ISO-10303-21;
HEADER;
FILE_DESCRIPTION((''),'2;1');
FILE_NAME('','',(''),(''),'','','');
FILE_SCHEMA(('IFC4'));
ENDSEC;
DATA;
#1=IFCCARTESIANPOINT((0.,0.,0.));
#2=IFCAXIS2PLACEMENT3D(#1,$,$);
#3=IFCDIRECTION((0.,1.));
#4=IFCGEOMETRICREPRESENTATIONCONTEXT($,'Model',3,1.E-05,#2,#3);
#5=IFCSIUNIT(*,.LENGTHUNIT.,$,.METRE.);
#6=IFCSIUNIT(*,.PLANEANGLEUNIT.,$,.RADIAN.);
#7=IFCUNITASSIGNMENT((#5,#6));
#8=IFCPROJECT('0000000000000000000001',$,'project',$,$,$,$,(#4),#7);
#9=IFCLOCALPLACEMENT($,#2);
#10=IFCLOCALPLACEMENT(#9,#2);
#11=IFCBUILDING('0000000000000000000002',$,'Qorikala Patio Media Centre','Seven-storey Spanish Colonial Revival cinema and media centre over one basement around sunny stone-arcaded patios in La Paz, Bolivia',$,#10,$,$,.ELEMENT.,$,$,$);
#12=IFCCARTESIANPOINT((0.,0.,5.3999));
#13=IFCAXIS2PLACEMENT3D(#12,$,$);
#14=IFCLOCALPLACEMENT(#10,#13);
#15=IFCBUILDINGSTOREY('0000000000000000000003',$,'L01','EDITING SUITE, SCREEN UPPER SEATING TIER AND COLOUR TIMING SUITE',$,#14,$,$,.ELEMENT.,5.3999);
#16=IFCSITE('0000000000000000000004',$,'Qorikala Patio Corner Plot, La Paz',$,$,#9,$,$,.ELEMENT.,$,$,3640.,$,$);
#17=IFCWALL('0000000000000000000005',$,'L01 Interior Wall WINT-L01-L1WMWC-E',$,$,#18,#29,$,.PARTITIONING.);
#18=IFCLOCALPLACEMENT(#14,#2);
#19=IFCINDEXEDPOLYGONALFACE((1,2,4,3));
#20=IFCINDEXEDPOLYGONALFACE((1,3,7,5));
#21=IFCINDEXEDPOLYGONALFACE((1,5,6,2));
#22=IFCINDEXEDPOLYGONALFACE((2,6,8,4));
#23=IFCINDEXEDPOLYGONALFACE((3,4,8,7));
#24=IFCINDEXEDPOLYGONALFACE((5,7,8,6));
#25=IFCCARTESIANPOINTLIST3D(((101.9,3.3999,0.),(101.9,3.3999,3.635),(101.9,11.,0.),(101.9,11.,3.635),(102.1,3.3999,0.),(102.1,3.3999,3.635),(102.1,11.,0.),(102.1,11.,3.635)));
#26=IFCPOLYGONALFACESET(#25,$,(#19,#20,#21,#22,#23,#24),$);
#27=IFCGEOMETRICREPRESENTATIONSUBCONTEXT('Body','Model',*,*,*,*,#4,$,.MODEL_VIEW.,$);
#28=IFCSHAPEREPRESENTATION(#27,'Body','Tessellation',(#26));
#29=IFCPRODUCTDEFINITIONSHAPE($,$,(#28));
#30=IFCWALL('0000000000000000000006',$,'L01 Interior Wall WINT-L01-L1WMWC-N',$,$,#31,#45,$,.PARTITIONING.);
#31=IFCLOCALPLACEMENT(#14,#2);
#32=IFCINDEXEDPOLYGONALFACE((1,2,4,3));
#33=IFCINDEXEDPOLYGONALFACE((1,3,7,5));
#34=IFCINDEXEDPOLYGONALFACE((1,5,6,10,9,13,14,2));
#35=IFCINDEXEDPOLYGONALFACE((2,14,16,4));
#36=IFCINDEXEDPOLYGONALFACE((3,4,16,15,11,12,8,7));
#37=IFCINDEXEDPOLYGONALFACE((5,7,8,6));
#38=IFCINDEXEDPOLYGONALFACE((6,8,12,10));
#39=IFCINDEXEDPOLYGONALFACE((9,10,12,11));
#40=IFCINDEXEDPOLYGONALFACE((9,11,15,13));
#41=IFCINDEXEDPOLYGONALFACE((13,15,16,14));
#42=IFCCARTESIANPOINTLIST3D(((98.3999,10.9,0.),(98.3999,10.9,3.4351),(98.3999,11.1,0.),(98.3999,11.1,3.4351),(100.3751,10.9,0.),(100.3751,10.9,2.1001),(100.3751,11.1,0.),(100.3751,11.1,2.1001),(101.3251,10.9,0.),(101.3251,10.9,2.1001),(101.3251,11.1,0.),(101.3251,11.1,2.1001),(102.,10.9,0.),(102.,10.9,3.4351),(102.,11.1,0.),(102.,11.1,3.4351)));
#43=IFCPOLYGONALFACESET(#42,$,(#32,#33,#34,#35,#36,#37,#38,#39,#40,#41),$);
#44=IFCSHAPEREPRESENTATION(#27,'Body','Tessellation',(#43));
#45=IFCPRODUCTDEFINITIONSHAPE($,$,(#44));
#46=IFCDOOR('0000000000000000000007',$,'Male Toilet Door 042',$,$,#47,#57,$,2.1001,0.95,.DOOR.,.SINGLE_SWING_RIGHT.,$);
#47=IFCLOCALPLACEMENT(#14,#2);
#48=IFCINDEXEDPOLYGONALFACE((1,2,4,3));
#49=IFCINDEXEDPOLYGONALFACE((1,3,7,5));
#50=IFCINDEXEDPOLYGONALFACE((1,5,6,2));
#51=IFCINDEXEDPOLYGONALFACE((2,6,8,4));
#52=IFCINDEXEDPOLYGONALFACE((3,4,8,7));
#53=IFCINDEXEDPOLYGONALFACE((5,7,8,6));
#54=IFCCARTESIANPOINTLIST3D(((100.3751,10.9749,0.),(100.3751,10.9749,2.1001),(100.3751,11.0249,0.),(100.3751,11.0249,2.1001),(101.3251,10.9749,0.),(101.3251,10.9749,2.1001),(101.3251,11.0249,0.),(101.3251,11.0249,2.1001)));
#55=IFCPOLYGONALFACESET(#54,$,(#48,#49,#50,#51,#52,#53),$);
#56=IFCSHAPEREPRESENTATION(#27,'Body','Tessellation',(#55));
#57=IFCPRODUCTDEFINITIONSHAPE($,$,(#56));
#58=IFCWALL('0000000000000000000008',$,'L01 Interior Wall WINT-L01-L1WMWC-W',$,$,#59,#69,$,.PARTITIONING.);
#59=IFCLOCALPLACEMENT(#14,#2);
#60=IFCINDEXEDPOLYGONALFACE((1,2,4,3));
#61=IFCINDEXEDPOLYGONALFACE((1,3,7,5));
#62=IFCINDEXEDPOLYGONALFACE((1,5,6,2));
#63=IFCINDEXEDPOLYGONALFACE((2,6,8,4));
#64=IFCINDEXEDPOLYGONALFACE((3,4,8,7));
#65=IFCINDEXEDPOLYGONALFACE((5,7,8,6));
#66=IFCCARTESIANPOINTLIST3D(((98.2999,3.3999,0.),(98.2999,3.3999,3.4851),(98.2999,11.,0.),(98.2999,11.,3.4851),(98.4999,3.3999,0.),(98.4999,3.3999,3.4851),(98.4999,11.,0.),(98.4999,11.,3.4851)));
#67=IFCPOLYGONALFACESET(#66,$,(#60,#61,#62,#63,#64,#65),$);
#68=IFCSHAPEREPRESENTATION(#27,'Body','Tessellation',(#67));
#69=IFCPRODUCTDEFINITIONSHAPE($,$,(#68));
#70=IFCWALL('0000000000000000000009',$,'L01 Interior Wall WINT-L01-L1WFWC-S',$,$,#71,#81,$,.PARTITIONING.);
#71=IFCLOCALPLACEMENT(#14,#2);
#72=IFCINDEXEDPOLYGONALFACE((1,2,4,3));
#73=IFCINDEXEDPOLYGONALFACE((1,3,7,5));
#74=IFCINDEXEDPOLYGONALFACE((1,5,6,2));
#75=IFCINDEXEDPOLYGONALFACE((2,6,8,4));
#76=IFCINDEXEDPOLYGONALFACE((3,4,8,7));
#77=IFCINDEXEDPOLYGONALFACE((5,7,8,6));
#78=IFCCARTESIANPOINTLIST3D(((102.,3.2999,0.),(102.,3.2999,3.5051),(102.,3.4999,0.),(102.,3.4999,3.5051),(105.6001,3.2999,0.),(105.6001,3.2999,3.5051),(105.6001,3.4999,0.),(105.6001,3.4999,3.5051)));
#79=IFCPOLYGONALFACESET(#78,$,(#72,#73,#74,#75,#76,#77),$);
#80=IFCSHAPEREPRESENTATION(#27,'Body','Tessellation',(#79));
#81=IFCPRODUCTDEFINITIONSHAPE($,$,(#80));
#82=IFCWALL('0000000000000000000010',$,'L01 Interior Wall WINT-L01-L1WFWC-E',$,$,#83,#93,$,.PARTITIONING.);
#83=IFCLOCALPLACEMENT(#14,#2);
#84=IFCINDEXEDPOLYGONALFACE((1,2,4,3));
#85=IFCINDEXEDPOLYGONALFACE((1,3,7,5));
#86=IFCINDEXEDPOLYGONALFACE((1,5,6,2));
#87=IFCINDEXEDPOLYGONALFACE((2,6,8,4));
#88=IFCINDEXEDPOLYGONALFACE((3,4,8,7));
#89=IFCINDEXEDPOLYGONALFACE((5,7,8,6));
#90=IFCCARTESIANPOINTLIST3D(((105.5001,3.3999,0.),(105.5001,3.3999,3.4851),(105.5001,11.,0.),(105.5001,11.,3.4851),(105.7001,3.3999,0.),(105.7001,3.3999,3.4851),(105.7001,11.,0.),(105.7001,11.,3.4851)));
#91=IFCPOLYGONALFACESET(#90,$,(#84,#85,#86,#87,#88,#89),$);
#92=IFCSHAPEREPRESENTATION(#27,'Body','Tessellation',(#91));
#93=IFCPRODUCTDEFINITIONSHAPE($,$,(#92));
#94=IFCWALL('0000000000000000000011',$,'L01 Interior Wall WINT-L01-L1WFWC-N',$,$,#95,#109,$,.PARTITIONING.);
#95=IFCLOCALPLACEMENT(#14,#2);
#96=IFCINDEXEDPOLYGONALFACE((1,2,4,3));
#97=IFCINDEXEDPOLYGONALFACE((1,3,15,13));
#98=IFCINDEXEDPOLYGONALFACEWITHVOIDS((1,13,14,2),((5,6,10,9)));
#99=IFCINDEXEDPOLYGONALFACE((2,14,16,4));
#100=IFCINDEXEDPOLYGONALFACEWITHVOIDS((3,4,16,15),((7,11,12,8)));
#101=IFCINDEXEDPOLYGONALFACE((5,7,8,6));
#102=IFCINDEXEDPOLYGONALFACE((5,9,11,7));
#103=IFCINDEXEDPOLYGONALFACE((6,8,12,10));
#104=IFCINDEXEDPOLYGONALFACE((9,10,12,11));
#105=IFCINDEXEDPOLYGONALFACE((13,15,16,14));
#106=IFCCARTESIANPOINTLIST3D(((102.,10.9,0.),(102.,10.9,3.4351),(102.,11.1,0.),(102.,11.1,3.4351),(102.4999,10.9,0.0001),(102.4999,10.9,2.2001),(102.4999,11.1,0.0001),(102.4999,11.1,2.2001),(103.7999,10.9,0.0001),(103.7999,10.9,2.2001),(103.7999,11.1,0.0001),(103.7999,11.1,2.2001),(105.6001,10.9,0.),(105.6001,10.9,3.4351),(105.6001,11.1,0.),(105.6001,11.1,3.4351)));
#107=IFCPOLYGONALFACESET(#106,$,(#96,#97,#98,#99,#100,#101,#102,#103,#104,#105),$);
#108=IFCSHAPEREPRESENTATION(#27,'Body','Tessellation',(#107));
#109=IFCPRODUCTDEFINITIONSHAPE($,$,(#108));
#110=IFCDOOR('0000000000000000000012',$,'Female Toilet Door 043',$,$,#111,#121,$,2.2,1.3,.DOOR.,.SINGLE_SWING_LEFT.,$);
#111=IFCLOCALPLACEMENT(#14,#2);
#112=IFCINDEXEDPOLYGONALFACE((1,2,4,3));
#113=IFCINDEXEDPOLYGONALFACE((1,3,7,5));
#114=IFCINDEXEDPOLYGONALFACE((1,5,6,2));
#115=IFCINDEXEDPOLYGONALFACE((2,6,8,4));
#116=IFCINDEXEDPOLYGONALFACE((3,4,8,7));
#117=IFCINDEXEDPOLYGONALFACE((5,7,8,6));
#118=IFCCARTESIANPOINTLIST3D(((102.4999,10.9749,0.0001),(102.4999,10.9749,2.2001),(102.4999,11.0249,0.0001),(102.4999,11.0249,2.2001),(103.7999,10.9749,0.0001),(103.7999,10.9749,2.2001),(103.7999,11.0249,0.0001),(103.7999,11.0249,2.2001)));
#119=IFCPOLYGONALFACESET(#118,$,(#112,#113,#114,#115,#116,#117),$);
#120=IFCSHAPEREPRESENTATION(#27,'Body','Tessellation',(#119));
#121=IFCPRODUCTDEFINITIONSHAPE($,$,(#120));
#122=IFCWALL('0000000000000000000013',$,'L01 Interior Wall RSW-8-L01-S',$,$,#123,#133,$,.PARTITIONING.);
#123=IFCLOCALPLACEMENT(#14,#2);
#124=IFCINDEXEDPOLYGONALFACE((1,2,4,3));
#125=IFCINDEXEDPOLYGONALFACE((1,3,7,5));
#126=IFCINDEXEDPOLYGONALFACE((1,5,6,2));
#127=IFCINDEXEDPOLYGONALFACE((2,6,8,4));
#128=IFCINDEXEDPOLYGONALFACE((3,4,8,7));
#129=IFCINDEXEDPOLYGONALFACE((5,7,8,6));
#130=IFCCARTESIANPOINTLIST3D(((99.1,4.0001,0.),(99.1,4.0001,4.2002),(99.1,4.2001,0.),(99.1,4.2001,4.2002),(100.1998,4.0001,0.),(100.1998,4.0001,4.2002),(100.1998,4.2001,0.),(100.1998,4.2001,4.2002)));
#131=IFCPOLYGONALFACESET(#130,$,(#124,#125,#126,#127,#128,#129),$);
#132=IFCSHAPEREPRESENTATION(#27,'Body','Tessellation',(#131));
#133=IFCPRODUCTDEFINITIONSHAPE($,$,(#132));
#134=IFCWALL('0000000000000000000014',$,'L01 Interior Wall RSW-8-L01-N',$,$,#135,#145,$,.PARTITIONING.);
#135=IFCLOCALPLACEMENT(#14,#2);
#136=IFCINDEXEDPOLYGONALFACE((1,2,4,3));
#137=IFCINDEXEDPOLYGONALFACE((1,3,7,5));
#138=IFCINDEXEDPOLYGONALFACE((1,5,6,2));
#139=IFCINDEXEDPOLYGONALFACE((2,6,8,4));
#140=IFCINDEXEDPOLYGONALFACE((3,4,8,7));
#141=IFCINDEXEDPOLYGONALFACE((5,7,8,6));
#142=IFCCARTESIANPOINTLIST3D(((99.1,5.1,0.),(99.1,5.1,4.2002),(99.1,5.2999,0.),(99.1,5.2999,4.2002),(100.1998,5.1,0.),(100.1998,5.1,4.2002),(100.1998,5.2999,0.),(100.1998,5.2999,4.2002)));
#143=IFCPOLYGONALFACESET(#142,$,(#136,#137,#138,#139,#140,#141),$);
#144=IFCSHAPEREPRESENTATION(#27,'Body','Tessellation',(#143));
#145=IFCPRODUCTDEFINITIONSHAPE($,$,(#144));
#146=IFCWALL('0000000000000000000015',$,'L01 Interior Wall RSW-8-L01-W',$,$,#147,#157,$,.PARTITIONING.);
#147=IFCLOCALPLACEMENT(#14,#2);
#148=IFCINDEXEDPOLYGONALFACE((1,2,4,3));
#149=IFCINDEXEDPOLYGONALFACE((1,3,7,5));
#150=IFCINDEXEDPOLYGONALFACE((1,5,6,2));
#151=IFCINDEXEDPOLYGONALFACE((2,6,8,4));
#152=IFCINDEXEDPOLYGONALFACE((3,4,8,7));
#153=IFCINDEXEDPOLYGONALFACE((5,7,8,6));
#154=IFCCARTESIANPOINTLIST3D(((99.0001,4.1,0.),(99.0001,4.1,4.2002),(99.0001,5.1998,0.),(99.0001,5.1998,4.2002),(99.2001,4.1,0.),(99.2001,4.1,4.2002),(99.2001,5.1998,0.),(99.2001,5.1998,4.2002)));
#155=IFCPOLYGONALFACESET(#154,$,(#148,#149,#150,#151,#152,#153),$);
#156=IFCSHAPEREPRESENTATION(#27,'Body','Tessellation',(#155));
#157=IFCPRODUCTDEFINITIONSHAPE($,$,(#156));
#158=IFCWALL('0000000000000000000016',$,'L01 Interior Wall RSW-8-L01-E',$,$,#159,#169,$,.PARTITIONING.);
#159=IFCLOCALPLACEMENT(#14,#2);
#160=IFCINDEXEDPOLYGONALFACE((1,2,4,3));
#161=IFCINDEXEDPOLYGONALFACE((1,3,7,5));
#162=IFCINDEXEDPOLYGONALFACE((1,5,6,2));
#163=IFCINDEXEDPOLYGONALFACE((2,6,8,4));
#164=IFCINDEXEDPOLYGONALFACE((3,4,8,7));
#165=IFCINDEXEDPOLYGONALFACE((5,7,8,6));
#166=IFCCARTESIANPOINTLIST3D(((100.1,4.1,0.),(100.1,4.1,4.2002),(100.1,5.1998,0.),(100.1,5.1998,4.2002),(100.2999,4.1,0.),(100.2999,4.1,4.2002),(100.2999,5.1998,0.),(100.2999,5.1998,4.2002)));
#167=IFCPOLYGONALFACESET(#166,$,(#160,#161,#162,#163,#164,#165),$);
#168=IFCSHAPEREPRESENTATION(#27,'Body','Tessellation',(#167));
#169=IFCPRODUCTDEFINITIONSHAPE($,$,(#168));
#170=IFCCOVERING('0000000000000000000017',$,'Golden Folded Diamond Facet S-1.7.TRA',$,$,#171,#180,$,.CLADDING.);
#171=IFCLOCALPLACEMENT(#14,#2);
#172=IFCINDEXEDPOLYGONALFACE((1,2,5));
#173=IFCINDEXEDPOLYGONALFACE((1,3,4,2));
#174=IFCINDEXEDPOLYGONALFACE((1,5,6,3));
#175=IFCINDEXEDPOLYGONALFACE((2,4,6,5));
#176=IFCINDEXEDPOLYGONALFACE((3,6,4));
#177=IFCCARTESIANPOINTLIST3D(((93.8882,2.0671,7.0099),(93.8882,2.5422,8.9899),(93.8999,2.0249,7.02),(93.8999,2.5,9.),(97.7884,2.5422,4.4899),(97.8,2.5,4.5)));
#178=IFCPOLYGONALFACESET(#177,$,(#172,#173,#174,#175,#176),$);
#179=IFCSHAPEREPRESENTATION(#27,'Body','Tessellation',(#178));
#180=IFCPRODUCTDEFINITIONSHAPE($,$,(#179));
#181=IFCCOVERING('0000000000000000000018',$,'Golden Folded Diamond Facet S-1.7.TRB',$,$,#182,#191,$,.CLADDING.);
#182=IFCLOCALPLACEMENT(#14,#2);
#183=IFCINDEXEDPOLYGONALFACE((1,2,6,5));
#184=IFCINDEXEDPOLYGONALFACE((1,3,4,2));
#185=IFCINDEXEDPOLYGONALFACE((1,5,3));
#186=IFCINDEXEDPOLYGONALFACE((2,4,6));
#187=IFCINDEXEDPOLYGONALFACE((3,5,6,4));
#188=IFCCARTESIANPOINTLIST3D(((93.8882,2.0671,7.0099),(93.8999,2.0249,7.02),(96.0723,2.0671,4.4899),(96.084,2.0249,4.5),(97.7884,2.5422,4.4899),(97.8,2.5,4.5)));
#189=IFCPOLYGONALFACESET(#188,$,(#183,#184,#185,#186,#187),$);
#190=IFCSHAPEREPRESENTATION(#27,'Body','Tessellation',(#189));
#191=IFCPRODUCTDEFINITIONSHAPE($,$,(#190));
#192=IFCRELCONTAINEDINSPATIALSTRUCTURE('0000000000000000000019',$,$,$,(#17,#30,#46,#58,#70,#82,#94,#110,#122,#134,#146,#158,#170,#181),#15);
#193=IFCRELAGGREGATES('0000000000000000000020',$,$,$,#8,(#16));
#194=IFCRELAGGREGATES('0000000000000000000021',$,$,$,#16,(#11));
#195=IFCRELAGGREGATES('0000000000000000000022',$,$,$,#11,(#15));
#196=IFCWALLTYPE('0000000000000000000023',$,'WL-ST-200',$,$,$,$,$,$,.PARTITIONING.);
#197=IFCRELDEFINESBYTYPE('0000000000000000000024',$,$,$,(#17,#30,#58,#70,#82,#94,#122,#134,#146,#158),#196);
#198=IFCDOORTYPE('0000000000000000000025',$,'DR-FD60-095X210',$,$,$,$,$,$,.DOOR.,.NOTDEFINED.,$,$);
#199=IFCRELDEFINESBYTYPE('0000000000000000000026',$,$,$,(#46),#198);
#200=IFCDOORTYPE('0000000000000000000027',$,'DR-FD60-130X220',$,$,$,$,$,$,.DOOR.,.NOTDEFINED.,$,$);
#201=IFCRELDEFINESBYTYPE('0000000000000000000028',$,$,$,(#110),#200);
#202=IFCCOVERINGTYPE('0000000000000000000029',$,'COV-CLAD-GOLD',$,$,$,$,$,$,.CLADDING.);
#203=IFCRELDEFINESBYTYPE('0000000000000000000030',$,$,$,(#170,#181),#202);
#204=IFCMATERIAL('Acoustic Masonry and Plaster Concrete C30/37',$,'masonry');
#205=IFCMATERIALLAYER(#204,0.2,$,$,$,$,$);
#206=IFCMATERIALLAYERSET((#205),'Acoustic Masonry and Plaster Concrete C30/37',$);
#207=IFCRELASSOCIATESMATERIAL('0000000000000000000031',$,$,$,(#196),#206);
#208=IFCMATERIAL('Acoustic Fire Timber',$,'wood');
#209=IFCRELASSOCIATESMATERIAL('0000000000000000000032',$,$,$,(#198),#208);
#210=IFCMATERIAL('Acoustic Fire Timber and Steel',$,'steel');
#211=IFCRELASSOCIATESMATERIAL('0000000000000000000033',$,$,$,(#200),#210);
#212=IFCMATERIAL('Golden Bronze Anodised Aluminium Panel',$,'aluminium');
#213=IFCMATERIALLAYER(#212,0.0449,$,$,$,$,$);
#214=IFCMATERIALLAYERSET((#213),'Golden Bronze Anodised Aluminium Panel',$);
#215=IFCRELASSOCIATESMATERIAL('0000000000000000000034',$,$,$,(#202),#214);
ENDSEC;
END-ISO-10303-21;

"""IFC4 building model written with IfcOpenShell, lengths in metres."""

from ifc_helpers import new_model, si_unit, direction, frame, frame_2d, origin, place, context, subcontext, project, spatial, polyline, rectangle, outline, extrude, material, layer, layer_set, type_object, element, fill, save


model = new_model("IFC4")

# Units and contexts
model_context = context("Model", 3, precision=1e-05, world=origin(), true_north=direction((0.0, 1.0)))
body_context = subcontext(model_context, "Body", "Model", "MODEL_VIEW")
ifc_project = project(units=[si_unit("LENGTHUNIT", "METRE"), si_unit("PLANEANGLEUNIT", "RADIAN")], contexts=[model_context])

# Site, building, storey
site_placement = place(None, origin())
site = spatial("IfcSite", under=ifc_project, at=site_placement, Name="Qorikala Patio Corner Plot, La Paz", CompositionType="ELEMENT", RefElevation=3640.0)
building_placement = place(site_placement, origin())
building = spatial("IfcBuilding", under=site, at=building_placement, Name="Qorikala Patio Media Centre", Description="Seven-storey Spanish Colonial Revival cinema and media centre over one basement around sunny stone-arcaded patios in La Paz, Bolivia", CompositionType="ELEMENT")
storey_placement = place(building_placement, frame((0.0, 0.0, 5.3999)))
storey = spatial("IfcBuildingStorey", under=building, at=storey_placement, Name="L01", Description="EDITING SUITE, SCREEN UPPER SEATING TIER AND COLOUR TIMING SUITE", CompositionType="ELEMENT", Elevation=5.3999)

# Wall
ifc_material_1 = material(Name="Acoustic Masonry and Plaster Concrete C30/37", Category="masonry")
ifc_layer_1 = layer(ifc_material_1, 0.2)
ifc_layer_set_1 = layer_set([ifc_layer_1], Name="Acoustic Masonry and Plaster Concrete C30/37")
wall_type_1 = type_object("IfcWallType", Name="WL-ST-200", PredefinedType="PARTITIONING", material=ifc_layer_set_1)
wall_1_placement = place(storey_placement, frame((102.0, 3.3999, 0.0), z_axis=(0.0, 0.0, 1.0), x_axis=(0.0, 1.0, 0.0)))
element("IfcWall", 1, at=wall_1_placement, inside=storey, type_object=wall_type_1, Name="L01 Interior Wall WINT-L01-L1WMWC-E", PredefinedType="PARTITIONING", context=body_context, shape_type="SweptSolid", body=[
    extrude(rectangle(XDim=7.6001, YDim=0.2, at=frame_2d((3.8, 0.0))), origin(), (0.0, 0.0, 1.0), 3.635),
])

# Wall, opening, door
wall_2_placement = place(storey_placement, frame((98.3999, 11.0, 0.0), z_axis=(0.0, 0.0, 1.0), x_axis=(1.0, 0.0, 0.0)))
wall_2 = element("IfcWall", 2, at=wall_2_placement, inside=storey, type_object=wall_type_1, Name="L01 Interior Wall WINT-L01-L1WMWC-N", PredefinedType="PARTITIONING", context=body_context, shape_type="SweptSolid", body=[
    extrude(rectangle(XDim=3.6001, YDim=0.2, at=frame_2d((1.8, 0.0))), origin(), (0.0, 0.0, 1.0), 3.4351),
])
opening_1_placement = place(wall_2_placement, frame((1.9751, 0.0, 0.0)))
opening_1 = element("IfcOpeningElement", 3, at=opening_1_placement, cuts=wall_2, PredefinedType="OPENING", context=body_context, shape_type="SweptSolid", body=[
    extrude(rectangle(XDim=0.95, YDim=2.1001, at=frame_2d((0.4751, 1.05))), frame((0.0, 0.1099, 0.0), z_axis=(0.0, -1.0, 0.0), x_axis=(1.0, 0.0, 0.0)), (0.0, 0.0, 1.0), 0.22),
])
ifc_material_2 = material(Name="Acoustic Fire Timber", Category="wood")
door_type_1 = type_object("IfcDoorType", Name="DR-FD60-095X210", OperationType="NOTDEFINED", PredefinedType="DOOR", material=ifc_material_2)
door_1_placement = place(opening_1_placement, origin())
door_1 = element("IfcDoor", 4, at=door_1_placement, inside=storey, type_object=door_type_1, Name="Male Toilet Door 042", OperationType="SINGLE_SWING_RIGHT", OverallHeight=2.1001, OverallWidth=0.95, PredefinedType="DOOR", context=body_context, shape_type="SweptSolid", body=[
    extrude(rectangle(XDim=0.95, YDim=2.1001, at=frame_2d((0.4751, 1.05))), frame((0.0, 0.0249, 0.0), z_axis=(0.0, -1.0, 0.0), x_axis=(1.0, 0.0, 0.0)), (0.0, 0.0, 1.0), 0.05),
])
fill(opening_1, door_1)

# Walls
wall_3_placement = place(storey_placement, frame((98.3999, 3.3999, 0.0), z_axis=(0.0, 0.0, 1.0), x_axis=(0.0, 1.0, 0.0)))
element("IfcWall", 5, at=wall_3_placement, inside=storey, type_object=wall_type_1, Name="L01 Interior Wall WINT-L01-L1WMWC-W", PredefinedType="PARTITIONING", context=body_context, shape_type="SweptSolid", body=[
    extrude(rectangle(XDim=7.6001, YDim=0.2, at=frame_2d((3.8, 0.0))), origin(), (0.0, 0.0, 1.0), 3.4851),
])
wall_4_placement = place(storey_placement, frame((102.0, 3.3999, 0.0), z_axis=(0.0, 0.0, 1.0), x_axis=(1.0, 0.0, 0.0)))
element("IfcWall", 6, at=wall_4_placement, inside=storey, type_object=wall_type_1, Name="L01 Interior Wall WINT-L01-L1WFWC-S", PredefinedType="PARTITIONING", context=body_context, shape_type="SweptSolid", body=[
    extrude(rectangle(XDim=3.6001, YDim=0.2, at=frame_2d((1.8, 0.0))), origin(), (0.0, 0.0, 1.0), 3.5051),
])
wall_5_placement = place(storey_placement, frame((105.6001, 3.3999, 0.0), z_axis=(0.0, 0.0, 1.0), x_axis=(0.0, 1.0, 0.0)))
element("IfcWall", 7, at=wall_5_placement, inside=storey, type_object=wall_type_1, Name="L01 Interior Wall WINT-L01-L1WFWC-E", PredefinedType="PARTITIONING", context=body_context, shape_type="SweptSolid", body=[
    extrude(rectangle(XDim=7.6001, YDim=0.2, at=frame_2d((3.8, 0.0))), origin(), (0.0, 0.0, 1.0), 3.4851),
])

# Wall, opening, door
wall_6_placement = place(storey_placement, frame((102.0, 11.0, 0.0), z_axis=(0.0, 0.0, 1.0), x_axis=(1.0, 0.0, 0.0)))
wall_6 = element("IfcWall", 8, at=wall_6_placement, inside=storey, type_object=wall_type_1, Name="L01 Interior Wall WINT-L01-L1WFWC-N", PredefinedType="PARTITIONING", context=body_context, shape_type="SweptSolid", body=[
    extrude(rectangle(XDim=3.6001, YDim=0.2, at=frame_2d((1.8, 0.0))), origin(), (0.0, 0.0, 1.0), 3.4351),
])
opening_2_placement = place(wall_6_placement, frame((0.5, 0.0, 0.0)))
opening_2 = element("IfcOpeningElement", 9, at=opening_2_placement, cuts=wall_6, PredefinedType="OPENING", context=body_context, shape_type="SweptSolid", body=[
    extrude(rectangle(XDim=1.3, YDim=2.2, at=frame_2d((0.6499, 1.1001))), frame((0.0, 0.1099, 0.0), z_axis=(0.0, -1.0, 0.0), x_axis=(1.0, 0.0, 0.0)), (0.0, 0.0, 1.0), 0.22),
])
ifc_material_3 = material(Name="Acoustic Fire Timber and Steel", Category="steel")
door_type_2 = type_object("IfcDoorType", Name="DR-FD60-130X220", OperationType="NOTDEFINED", PredefinedType="DOOR", material=ifc_material_3)
door_2_placement = place(opening_2_placement, origin())
door_2 = element("IfcDoor", 10, at=door_2_placement, inside=storey, type_object=door_type_2, Name="Female Toilet Door 043", OperationType="SINGLE_SWING_LEFT", OverallHeight=2.2, OverallWidth=1.3, PredefinedType="DOOR", context=body_context, shape_type="SweptSolid", body=[
    extrude(rectangle(XDim=1.3, YDim=2.2, at=frame_2d((0.6499, 1.1001))), frame((0.0, 0.0249, 0.0), z_axis=(0.0, -1.0, 0.0), x_axis=(1.0, 0.0, 0.0)), (0.0, 0.0, 1.0), 0.05),
])
fill(opening_2, door_2)

# Walls
for number, where, z_axis, x_axis, name in (
    (11, (99.1001, 4.1001, 0.0), (0.0, 0.0, 1.0), (1.0, 0.0, 0.0), "L01 Interior Wall RSW-8-L01-S"),
    (12, (99.1001, 5.2, 0.0), (0.0, 0.0, 1.0), (1.0, 0.0, 0.0), "L01 Interior Wall RSW-8-L01-N"),
    (13, (99.1001, 4.1001, 0.0), (0.0, 0.0, 1.0), (0.0, 1.0, 0.0), "L01 Interior Wall RSW-8-L01-W"),
    (14, (100.2, 4.1001, 0.0), (0.0, 0.0, 1.0), (0.0, 1.0, 0.0), "L01 Interior Wall RSW-8-L01-E"),
):
    element("IfcWall", number, at=place(storey_placement, frame(where, z_axis=z_axis, x_axis=x_axis)), inside=storey, type_object=wall_type_1, Name=name, PredefinedType="PARTITIONING", context=body_context, shape_type="SweptSolid", body=[
        extrude(rectangle(XDim=1.0999, YDim=0.2, at=frame_2d((0.5498, 0.0))), origin(), (0.0, 0.0, 1.0), 4.2002),
    ])

# Coverings
ifc_material_4 = material(Name="Golden Bronze Anodised Aluminium Panel", Category="aluminium")
ifc_layer_2 = layer(ifc_material_4, 0.0449)
ifc_layer_set_2 = layer_set([ifc_layer_2], Name="Golden Bronze Anodised Aluminium Panel")
covering_type_1 = type_object("IfcCoveringType", Name="COV-CLAD-GOLD", PredefinedType="CLADDING", material=ifc_layer_set_2)
covering_1_placement = place(storey_placement, frame((97.8, 2.5, 4.5), z_axis=(0.259958, -0.938967, 0.225306), x_axis=(-0.654945, 0.0, 0.755677)))
element("IfcCovering", 15, at=covering_1_placement, inside=storey, type_object=covering_type_1, Name="Golden Folded Diamond Facet S-1.7.TRA", PredefinedType="CLADDING", context=body_context, shape_type="SweptSolid", body=[
    extrude(outline(polyline([(0.0, 0.0), (5.9549, 0.0), (4.4587, 1.3811), (0.0, 0.0)])), origin(), (0.0, 0.0, -1.0), 0.0449),
])
covering_2_placement = place(storey_placement, frame((97.8, 2.5, 4.5), z_axis=(0.259956, -0.938968, 0.225302), x_axis=(-0.835562, -0.101784, 0.539885)))
element("IfcCovering", 16, at=covering_2_placement, inside=storey, type_object=covering_type_1, Name="Golden Folded Diamond Facet S-1.7.TRB", PredefinedType="CLADDING", context=body_context, shape_type="SweptSolid", body=[
    extrude(outline(polyline([(0.0, 0.0), (4.6677, 0.0), (1.4822, 0.9867), (0.0, 0.0)])), origin(), (0.0, 0.0, -1.0), 0.0449),
])

save(model, "model.ifc")
